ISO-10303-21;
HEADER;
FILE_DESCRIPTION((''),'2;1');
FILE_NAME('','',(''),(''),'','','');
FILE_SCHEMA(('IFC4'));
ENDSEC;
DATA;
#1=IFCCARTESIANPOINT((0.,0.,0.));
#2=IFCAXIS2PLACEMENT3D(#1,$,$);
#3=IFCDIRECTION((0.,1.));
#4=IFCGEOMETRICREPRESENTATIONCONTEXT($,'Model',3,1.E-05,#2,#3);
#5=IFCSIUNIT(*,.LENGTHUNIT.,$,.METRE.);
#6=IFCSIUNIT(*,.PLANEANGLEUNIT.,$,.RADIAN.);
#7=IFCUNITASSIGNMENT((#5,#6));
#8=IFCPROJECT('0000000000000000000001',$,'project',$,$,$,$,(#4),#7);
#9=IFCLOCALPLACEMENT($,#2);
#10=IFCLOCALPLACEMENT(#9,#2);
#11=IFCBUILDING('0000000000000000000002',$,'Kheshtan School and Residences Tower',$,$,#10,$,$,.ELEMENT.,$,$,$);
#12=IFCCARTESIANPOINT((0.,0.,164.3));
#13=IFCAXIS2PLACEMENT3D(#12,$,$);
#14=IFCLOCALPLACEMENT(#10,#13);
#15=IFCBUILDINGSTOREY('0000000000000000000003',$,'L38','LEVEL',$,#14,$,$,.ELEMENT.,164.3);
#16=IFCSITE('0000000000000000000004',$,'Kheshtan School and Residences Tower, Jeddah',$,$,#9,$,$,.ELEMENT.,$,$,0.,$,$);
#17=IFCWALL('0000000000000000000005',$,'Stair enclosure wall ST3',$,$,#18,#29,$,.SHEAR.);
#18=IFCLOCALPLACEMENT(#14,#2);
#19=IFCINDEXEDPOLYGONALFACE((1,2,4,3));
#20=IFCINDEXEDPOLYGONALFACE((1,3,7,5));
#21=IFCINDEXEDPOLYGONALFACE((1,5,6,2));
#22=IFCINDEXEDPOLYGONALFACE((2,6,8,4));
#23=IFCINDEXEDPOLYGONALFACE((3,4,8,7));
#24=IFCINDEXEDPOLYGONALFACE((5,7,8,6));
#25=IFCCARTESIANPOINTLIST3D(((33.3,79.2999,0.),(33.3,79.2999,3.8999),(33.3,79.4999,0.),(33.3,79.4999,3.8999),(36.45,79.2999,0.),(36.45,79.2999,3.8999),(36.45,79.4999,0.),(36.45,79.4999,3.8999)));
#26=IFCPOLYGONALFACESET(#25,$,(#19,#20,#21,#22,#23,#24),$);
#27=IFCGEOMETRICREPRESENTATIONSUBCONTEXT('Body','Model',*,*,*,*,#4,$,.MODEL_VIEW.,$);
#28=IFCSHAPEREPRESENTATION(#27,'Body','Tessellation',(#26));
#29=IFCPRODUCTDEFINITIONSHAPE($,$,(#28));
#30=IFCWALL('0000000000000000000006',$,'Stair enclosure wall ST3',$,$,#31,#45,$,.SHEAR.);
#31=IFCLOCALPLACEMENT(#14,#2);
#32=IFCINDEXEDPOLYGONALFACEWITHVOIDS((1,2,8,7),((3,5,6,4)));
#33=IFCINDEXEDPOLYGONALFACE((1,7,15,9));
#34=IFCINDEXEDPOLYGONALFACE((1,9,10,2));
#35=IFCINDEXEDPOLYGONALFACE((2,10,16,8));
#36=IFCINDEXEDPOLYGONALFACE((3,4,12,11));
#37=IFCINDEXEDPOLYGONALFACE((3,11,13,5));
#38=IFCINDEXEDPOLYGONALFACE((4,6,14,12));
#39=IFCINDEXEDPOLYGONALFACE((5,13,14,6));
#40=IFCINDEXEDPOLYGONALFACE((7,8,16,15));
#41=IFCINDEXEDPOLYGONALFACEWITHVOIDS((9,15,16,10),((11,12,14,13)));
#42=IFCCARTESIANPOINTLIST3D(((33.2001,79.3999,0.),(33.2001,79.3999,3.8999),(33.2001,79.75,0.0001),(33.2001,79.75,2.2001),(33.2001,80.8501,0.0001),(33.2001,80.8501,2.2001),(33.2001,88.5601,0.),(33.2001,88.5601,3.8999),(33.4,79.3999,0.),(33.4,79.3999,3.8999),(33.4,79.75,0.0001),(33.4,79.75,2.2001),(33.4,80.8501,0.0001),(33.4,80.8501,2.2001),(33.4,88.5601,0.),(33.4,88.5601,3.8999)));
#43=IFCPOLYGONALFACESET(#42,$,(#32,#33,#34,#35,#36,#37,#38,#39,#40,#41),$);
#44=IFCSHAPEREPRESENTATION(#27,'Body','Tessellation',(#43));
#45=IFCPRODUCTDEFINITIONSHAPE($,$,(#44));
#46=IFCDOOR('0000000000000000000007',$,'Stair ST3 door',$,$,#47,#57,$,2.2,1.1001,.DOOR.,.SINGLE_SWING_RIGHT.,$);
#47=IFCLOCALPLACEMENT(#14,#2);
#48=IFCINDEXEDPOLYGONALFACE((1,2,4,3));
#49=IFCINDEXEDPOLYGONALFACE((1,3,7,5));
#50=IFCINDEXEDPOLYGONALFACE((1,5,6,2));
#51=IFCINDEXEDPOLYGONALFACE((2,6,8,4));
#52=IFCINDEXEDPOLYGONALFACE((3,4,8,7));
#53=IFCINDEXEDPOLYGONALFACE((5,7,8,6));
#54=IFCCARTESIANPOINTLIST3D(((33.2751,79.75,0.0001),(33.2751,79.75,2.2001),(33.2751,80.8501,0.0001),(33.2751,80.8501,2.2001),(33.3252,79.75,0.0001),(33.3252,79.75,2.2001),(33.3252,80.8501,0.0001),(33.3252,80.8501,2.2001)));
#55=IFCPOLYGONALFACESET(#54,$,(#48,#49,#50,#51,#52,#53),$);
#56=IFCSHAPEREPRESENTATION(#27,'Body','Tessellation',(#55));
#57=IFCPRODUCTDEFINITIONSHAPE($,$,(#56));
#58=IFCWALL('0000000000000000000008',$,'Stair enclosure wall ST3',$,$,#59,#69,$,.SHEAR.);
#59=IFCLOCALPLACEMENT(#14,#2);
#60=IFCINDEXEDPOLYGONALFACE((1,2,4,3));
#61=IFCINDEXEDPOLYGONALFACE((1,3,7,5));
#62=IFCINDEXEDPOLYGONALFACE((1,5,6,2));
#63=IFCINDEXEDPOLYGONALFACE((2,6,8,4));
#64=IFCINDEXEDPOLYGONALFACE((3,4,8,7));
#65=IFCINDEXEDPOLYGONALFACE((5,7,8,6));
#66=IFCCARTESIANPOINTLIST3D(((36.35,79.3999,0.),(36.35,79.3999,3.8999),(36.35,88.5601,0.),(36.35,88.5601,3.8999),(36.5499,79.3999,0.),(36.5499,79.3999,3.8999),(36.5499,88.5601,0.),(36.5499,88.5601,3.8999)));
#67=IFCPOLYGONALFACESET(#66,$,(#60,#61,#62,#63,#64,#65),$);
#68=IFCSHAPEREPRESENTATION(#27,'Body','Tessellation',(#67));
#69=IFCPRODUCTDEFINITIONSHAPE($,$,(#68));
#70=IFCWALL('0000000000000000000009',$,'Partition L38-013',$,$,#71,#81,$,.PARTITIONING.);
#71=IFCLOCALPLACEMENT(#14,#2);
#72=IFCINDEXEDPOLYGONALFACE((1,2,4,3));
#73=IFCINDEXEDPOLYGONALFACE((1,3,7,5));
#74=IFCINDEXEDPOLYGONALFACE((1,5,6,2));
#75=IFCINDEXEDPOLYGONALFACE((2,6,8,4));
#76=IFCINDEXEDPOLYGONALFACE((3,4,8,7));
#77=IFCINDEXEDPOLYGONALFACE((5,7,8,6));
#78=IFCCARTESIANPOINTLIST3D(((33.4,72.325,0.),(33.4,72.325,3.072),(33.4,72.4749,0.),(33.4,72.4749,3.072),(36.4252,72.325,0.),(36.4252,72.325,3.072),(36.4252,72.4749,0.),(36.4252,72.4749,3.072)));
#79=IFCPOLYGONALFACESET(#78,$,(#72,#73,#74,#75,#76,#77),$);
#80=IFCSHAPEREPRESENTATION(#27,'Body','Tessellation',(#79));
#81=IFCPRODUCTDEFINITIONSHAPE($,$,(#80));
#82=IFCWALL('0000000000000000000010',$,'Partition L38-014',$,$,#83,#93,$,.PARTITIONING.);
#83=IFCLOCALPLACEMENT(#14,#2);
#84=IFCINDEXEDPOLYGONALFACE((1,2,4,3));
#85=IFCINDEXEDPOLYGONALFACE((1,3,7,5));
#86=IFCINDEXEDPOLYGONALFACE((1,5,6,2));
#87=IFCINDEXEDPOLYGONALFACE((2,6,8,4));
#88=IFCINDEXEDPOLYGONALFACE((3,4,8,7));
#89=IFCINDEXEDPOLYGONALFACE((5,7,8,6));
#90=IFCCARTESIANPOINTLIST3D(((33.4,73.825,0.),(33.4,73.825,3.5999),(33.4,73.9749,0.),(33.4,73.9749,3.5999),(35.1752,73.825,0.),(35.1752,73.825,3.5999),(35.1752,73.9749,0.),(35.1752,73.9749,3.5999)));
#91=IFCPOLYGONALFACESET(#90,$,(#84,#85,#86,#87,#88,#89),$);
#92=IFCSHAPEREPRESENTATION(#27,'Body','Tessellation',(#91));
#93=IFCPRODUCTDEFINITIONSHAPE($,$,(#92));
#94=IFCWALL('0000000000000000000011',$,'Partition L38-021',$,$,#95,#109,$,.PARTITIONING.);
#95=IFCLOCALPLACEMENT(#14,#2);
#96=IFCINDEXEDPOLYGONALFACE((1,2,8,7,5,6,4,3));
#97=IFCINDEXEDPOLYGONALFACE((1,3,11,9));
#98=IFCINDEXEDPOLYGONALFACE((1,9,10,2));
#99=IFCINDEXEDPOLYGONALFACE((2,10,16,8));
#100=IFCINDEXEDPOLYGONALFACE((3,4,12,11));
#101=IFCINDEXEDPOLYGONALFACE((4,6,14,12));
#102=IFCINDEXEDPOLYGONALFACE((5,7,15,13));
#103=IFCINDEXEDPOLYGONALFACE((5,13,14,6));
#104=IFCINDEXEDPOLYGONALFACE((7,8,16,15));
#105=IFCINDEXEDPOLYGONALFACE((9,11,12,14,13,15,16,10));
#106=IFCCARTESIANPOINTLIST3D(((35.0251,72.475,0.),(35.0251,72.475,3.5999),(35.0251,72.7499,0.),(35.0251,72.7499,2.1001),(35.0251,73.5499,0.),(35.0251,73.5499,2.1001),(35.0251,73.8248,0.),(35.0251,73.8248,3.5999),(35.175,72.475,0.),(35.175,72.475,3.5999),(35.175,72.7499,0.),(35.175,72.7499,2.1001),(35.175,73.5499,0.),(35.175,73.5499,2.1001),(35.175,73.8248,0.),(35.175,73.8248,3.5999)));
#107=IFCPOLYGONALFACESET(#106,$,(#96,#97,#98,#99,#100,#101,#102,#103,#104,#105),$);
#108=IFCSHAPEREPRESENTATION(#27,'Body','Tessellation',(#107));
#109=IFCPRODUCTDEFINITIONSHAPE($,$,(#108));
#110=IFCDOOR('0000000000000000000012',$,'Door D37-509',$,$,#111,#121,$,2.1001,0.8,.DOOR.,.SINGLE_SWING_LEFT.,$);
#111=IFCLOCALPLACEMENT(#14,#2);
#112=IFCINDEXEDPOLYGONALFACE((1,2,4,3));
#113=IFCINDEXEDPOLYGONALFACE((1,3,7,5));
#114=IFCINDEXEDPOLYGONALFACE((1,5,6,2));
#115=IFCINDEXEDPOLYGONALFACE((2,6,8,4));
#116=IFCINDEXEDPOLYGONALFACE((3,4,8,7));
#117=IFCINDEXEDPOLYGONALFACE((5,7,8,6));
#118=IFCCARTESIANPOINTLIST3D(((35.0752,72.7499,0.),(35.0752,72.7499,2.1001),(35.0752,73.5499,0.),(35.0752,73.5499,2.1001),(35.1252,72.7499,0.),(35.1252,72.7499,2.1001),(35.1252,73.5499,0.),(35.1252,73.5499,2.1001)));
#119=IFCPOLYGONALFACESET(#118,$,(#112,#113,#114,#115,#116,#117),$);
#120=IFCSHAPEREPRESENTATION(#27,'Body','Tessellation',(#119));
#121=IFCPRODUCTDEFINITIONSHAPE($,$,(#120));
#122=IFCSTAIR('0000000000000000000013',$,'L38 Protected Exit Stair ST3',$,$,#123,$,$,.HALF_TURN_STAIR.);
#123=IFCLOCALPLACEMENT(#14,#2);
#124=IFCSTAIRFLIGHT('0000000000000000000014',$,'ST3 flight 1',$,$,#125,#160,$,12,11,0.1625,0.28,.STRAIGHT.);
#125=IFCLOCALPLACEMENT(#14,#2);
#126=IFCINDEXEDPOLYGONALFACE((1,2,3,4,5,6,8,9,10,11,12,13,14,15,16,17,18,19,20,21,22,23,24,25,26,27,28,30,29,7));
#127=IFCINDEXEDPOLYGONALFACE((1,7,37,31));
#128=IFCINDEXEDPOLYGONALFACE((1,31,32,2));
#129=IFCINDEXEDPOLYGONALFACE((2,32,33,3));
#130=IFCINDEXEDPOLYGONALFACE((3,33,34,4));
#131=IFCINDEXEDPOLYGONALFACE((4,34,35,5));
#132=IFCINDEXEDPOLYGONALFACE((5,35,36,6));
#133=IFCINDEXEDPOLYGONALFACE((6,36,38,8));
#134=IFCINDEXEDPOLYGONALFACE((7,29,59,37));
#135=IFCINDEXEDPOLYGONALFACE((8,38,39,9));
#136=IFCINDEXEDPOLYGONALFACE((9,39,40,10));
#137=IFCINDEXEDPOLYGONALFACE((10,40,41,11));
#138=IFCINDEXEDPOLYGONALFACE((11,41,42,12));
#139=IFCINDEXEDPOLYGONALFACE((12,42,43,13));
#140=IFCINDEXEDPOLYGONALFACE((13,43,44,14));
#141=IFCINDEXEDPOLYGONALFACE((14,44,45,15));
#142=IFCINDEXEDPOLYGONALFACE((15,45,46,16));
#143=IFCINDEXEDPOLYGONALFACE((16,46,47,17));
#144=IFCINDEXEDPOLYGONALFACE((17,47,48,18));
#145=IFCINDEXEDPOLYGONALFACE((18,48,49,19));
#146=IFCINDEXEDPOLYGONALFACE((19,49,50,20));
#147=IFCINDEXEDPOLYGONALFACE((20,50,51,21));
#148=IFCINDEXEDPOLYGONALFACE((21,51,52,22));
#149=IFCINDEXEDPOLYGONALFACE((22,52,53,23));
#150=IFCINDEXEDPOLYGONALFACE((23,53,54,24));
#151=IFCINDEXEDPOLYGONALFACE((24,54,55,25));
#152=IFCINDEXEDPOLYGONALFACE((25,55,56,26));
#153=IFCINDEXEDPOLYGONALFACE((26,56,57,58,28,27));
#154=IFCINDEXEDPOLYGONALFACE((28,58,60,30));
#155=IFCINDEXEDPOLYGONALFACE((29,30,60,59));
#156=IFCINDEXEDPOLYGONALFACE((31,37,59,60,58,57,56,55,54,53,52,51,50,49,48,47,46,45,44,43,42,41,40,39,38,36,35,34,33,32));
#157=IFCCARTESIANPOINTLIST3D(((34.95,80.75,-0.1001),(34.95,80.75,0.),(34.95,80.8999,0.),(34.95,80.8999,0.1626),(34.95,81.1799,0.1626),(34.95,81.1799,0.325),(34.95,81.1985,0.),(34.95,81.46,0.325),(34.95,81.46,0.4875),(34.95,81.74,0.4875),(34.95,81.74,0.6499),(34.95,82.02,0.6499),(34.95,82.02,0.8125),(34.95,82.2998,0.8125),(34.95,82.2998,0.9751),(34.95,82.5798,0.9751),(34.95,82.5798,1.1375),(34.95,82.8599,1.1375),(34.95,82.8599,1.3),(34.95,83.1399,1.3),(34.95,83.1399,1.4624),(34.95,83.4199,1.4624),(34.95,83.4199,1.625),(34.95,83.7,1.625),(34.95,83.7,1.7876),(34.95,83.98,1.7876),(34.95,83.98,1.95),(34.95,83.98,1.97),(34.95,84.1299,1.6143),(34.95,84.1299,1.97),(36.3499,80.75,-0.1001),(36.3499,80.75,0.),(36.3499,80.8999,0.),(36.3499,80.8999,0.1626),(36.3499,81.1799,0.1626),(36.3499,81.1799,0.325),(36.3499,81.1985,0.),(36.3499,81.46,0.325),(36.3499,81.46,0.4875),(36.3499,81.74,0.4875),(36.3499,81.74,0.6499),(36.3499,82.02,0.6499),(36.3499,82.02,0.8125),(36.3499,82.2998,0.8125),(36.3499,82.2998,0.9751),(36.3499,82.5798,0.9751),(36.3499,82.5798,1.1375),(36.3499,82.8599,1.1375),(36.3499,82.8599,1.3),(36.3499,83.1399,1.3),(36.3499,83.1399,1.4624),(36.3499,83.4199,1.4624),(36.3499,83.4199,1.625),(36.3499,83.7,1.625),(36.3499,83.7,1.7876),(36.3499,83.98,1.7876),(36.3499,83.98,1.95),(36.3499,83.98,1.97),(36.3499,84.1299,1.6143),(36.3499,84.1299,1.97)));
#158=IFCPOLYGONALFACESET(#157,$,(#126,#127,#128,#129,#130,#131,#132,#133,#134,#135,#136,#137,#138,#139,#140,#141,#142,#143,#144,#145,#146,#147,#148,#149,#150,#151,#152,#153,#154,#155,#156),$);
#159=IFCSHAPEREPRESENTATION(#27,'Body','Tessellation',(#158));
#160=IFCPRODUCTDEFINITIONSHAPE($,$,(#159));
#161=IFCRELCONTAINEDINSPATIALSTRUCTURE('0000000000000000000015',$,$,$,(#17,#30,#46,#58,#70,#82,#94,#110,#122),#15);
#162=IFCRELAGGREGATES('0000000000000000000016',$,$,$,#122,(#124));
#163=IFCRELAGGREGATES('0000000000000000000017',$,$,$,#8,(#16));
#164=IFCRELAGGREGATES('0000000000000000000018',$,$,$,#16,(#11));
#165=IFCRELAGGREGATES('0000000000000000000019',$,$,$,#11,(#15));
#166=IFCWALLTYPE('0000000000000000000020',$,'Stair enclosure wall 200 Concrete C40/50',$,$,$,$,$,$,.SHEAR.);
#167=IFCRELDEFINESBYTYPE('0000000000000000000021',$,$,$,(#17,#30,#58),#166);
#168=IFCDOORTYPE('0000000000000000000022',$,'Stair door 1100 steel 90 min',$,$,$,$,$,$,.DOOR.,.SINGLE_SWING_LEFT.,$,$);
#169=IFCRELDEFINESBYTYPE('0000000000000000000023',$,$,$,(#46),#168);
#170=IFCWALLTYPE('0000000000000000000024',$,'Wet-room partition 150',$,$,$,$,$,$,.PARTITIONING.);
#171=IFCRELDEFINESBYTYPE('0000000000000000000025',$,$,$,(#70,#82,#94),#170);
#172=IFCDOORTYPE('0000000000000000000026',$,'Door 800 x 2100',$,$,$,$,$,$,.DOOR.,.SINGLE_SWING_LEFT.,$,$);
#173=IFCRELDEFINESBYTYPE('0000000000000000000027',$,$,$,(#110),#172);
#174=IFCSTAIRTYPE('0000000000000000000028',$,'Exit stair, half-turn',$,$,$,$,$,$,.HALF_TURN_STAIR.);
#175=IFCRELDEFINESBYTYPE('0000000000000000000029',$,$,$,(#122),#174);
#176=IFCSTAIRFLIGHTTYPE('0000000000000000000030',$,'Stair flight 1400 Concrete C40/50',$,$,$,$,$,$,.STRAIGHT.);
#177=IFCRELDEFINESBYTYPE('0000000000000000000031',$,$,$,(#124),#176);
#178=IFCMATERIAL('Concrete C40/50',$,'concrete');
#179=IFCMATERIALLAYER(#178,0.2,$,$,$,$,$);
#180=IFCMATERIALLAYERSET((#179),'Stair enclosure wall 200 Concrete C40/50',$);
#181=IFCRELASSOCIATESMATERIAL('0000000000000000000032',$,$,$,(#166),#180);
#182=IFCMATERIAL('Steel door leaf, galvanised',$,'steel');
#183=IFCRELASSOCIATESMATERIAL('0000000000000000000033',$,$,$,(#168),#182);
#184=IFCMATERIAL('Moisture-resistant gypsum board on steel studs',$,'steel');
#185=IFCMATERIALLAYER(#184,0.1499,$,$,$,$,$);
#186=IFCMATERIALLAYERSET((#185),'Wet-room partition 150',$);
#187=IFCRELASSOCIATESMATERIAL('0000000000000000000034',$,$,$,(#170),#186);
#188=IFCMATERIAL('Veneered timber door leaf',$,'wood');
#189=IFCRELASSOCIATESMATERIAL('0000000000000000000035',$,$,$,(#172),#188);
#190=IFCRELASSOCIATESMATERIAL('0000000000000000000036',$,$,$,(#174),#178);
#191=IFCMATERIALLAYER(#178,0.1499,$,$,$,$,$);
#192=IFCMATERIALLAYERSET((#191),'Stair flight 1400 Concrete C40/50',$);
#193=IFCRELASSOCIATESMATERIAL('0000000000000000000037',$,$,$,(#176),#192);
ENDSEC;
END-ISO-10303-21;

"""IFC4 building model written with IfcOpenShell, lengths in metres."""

from ifc_helpers import new_model, si_unit, direction, frame, frame_2d, origin, place, context, subcontext, project, spatial, polyline, rectangle, outline, extrude, source, transform, mapped, material, layer, layer_set, type_object, element, fill, aggregate, save


model = new_model("IFC4")

# Units and contexts
model_context = context("Model", 3, precision=1e-05, world=origin(), true_north=direction((0.0, 1.0)))
body_context = subcontext(model_context, "Body", "Model", "MODEL_VIEW")
ifc_project = project(units=[si_unit("LENGTHUNIT", "METRE"), si_unit("PLANEANGLEUNIT", "RADIAN")], contexts=[model_context])

# Site, building, storey
site_placement = place(None, origin())
site = spatial("IfcSite", under=ifc_project, at=site_placement, Name="Kheshtan School and Residences Tower, Jeddah", CompositionType="ELEMENT", RefElevation=0.0)
building_placement = place(site_placement, origin())
building = spatial("IfcBuilding", under=site, at=building_placement, Name="Kheshtan School and Residences Tower", CompositionType="ELEMENT")
storey_placement = place(building_placement, frame((0.0, 0.0, 164.3)))
storey = spatial("IfcBuildingStorey", under=building, at=storey_placement, Name="L38", Description="LEVEL", CompositionType="ELEMENT", Elevation=164.3)

# Wall
ifc_material_1 = material(Name="Concrete C40/50", Category="concrete")
ifc_layer_1 = layer(ifc_material_1, 0.2)
ifc_layer_set_1 = layer_set([ifc_layer_1], Name="Stair enclosure wall 200 Concrete C40/50")
wall_type_1 = type_object("IfcWallType", Name="Stair enclosure wall 200 Concrete C40/50", PredefinedType="SHEAR", material=ifc_layer_set_1)
wall_1_placement = place(storey_placement, frame((33.3, 79.3999, 0.0), z_axis=(0.0, 0.0, 1.0), x_axis=(1.0, 0.0, 0.0)))
element("IfcWall", 1, at=wall_1_placement, inside=storey, type_object=wall_type_1, Name="Stair enclosure wall ST3", PredefinedType="SHEAR", context=body_context, shape_type="SweptSolid", body=[
    extrude(rectangle(XDim=3.1499, YDim=0.2, at=frame_2d((1.575, 0.0))), origin(), (0.0, 0.0, 1.0), 3.8999),
])

# Wall, opening, door
wall_2_placement = place(storey_placement, frame((33.3, 79.3999, 0.0), z_axis=(0.0, 0.0, 1.0), x_axis=(0.0, 1.0, 0.0)))
wall_2 = element("IfcWall", 2, at=wall_2_placement, inside=storey, type_object=wall_type_1, Name="Stair enclosure wall ST3", PredefinedType="SHEAR", context=body_context, shape_type="SweptSolid", body=[
    extrude(rectangle(XDim=9.1602, YDim=0.2, at=frame_2d((4.5801, 0.0))), origin(), (0.0, 0.0, 1.0), 3.8999),
])
opening_1_placement = place(wall_2_placement, frame((0.3501, 0.0, 0.0)))
opening_1 = element("IfcOpeningElement", 3, at=opening_1_placement, cuts=wall_2, PredefinedType="OPENING", context=body_context, shape_type="SweptSolid", body=[
    extrude(rectangle(XDim=1.1001, YDim=2.2, at=frame_2d((0.55, 1.1001))), frame((0.0, 0.1099, 0.0), z_axis=(0.0, -1.0, 0.0), x_axis=(1.0, 0.0, 0.0)), (0.0, 0.0, 1.0), 0.22),
])
ifc_material_2 = material(Name="Steel door leaf, galvanised", Category="steel")
door_type_1 = type_object("IfcDoorType", Name="Stair door 1100 steel 90 min", OperationType="SINGLE_SWING_LEFT", PredefinedType="DOOR", material=ifc_material_2)
shared_shape_1 = source(origin(), body_context, "Body", "SweptSolid", [
    extrude(rectangle(XDim=1.1001, YDim=2.2, at=frame_2d((0.55, 1.1001))), frame((0.0, 0.0249, 0.0), z_axis=(0.0, -1.0, 0.0), x_axis=(1.0, 0.0, 0.0)), (0.0, 0.0, 1.0), 0.05),
])
door_1_placement = place(opening_1_placement, origin())
door_1 = element("IfcDoor", 4, at=door_1_placement, inside=storey, type_object=door_type_1, Name="Stair ST3 door", OperationType="SINGLE_SWING_RIGHT", OverallHeight=2.2, OverallWidth=1.1001, PredefinedType="DOOR", context=body_context, shape_type="MappedRepresentation", body=[
    mapped(shared_shape_1, transform((0.0, 0.0, 0.0), x_axis=(1.0, 0.0, 0.0), y_axis=(0.0, 1.0, 0.0), z_axis=(0.0, 0.0, 1.0), scale=1.0)),
])
fill(opening_1, door_1)

# Walls
wall_3_placement = place(storey_placement, frame((36.45, 79.3999, 0.0), z_axis=(0.0, 0.0, 1.0), x_axis=(0.0, 1.0, 0.0)))
element("IfcWall", 5, at=wall_3_placement, inside=storey, type_object=wall_type_1, Name="Stair enclosure wall ST3", PredefinedType="SHEAR", context=body_context, shape_type="SweptSolid", body=[
    extrude(rectangle(XDim=9.1602, YDim=0.2, at=frame_2d((4.5801, 0.0))), origin(), (0.0, 0.0, 1.0), 3.8999),
])
ifc_material_3 = material(Name="Moisture-resistant gypsum board on steel studs", Category="steel")
ifc_layer_2 = layer(ifc_material_3, 0.1499)
ifc_layer_set_2 = layer_set([ifc_layer_2], Name="Wet-room partition 150")
wall_type_2 = type_object("IfcWallType", Name="Wet-room partition 150", PredefinedType="PARTITIONING", material=ifc_layer_set_2)
wall_4_placement = place(storey_placement, frame((33.3999, 72.3999, 0.0), z_axis=(0.0, 0.0, 1.0), x_axis=(1.0, 0.0, 0.0)))
element("IfcWall", 6, at=wall_4_placement, inside=storey, type_object=wall_type_2, Name="Partition L38-013", PredefinedType="PARTITIONING", context=body_context, shape_type="SweptSolid", body=[
    extrude(rectangle(XDim=3.0251, YDim=0.1499, at=frame_2d((1.5127, 0.0))), origin(), (0.0, 0.0, 1.0), 3.072),
])
wall_5_placement = place(storey_placement, frame((33.3999, 73.8999, 0.0), z_axis=(0.0, 0.0, 1.0), x_axis=(1.0, 0.0, 0.0)))
element("IfcWall", 7, at=wall_5_placement, inside=storey, type_object=wall_type_2, Name="Partition L38-014", PredefinedType="PARTITIONING", context=body_context, shape_type="SweptSolid", body=[
    extrude(rectangle(XDim=1.7751, YDim=0.1499, at=frame_2d((0.8877, 0.0))), origin(), (0.0, 0.0, 1.0), 3.5999),
])

# Wall, opening, door
wall_6_placement = place(storey_placement, frame((35.1001, 72.4751, 0.0), z_axis=(0.0, 0.0, 1.0), x_axis=(0.0, 1.0, 0.0)))
wall_6 = element("IfcWall", 8, at=wall_6_placement, inside=storey, type_object=wall_type_2, Name="Partition L38-021", PredefinedType="PARTITIONING", context=body_context, shape_type="SweptSolid", body=[
    extrude(rectangle(XDim=1.3499, YDim=0.1499, at=frame_2d((0.6748, 0.0))), origin(), (0.0, 0.0, 1.0), 3.5999),
])
opening_2_placement = place(wall_6_placement, frame((0.2749, 0.0, 0.0)))
opening_2 = element("IfcOpeningElement", 9, at=opening_2_placement, cuts=wall_6, PredefinedType="OPENING", context=body_context, shape_type="SweptSolid", body=[
    extrude(rectangle(XDim=0.8, YDim=2.1001, at=frame_2d((0.3999, 1.05))), frame((0.0, 0.085, 0.0), z_axis=(0.0, -1.0, 0.0), x_axis=(1.0, 0.0, 0.0)), (0.0, 0.0, 1.0), 0.1699),
])
ifc_material_4 = material(Name="Veneered timber door leaf", Category="wood")
door_type_2 = type_object("IfcDoorType", Name="Door 800 x 2100", OperationType="SINGLE_SWING_LEFT", PredefinedType="DOOR", material=ifc_material_4)
shared_shape_2 = source(origin(), body_context, "Body", "SweptSolid", [
    extrude(rectangle(XDim=0.8, YDim=2.1001, at=frame_2d((0.3999, 1.05))), frame((0.0, 0.0249, 0.0), z_axis=(0.0, -1.0, 0.0), x_axis=(1.0, 0.0, 0.0)), (0.0, 0.0, 1.0), 0.05),
])
door_2_placement = place(opening_2_placement, origin())
door_2 = element("IfcDoor", 10, at=door_2_placement, inside=storey, type_object=door_type_2, Name="Door D37-509", OperationType="SINGLE_SWING_LEFT", OverallHeight=2.1001, OverallWidth=0.8, PredefinedType="DOOR", context=body_context, shape_type="MappedRepresentation", body=[
    mapped(shared_shape_2, transform((0.0, 0.0, 0.0), x_axis=(1.0, 0.0, 0.0), y_axis=(0.0, 1.0, 0.0), z_axis=(0.0, 0.0, 1.0), scale=1.0)),
])
fill(opening_2, door_2)

# Stair, stair flight
stair_type = type_object("IfcStairType", Name="Exit stair, half-turn", PredefinedType="HALF_TURN_STAIR", material=ifc_material_1)
stair_placement = place(storey_placement, origin())
stair = element("IfcStair", 11, at=stair_placement, inside=storey, type_object=stair_type, Name="L38 Protected Exit Stair ST3", PredefinedType="HALF_TURN_STAIR")
ifc_layer_3 = layer(ifc_material_1, 0.1499)
ifc_layer_set_3 = layer_set([ifc_layer_3], Name="Stair flight 1400 Concrete C40/50")
stair_flight_type = type_object("IfcStairFlightType", Name="Stair flight 1400 Concrete C40/50", PredefinedType="STRAIGHT", material=ifc_layer_set_3)
stair_flight_1_placement = place(storey_placement, frame((35.6499, 80.8999, 0.0), z_axis=(0.0, 0.0, 1.0), x_axis=(0.0, 1.0, 0.0)))
stair_flight_1 = element("IfcStairFlight", 12, at=stair_flight_1_placement, type_object=stair_flight_type, Name="ST3 flight 1", NumberOfRisers=12, NumberOfTreads=11, PredefinedType="STRAIGHT", RiserHeight=0.1625, TreadLength=0.28, context=body_context, shape_type="SweptSolid", body=[
    extrude(outline(polyline([(-0.1499, -0.1001), (-0.1499, 0.0), (0.0, 0.0), (0.0, 0.1626), (0.28, 0.1626), (0.28, 0.325), (0.5601, 0.325), (0.5601, 0.4875), (0.8401, 0.4875), (0.8401, 0.6499), (1.1201, 0.6499), (1.1201, 0.8125), (1.3999, 0.8125), (1.3999, 0.9751), (1.6799, 0.9751), (1.6799, 1.1375), (1.96, 1.1375), (1.96, 1.3), (2.24, 1.3), (2.24, 1.4624), (2.52, 1.4624), (2.52, 1.625), (2.8, 1.625), (2.8, 1.7876), (3.0801, 1.7876), (3.0801, 1.95), (3.0801, 1.97), (3.23, 1.97), (3.23, 1.6143), (0.2986, 0.0), (-0.1499, -0.1001)])), frame((0.0, 0.7, 0.0), z_axis=(0.0, -1.0, 0.0), x_axis=(1.0, 0.0, 0.0)), (0.0, 0.0, 1.0), 1.3999),
])
aggregate(stair, [stair_flight_1])

save(model, "model.ifc")
